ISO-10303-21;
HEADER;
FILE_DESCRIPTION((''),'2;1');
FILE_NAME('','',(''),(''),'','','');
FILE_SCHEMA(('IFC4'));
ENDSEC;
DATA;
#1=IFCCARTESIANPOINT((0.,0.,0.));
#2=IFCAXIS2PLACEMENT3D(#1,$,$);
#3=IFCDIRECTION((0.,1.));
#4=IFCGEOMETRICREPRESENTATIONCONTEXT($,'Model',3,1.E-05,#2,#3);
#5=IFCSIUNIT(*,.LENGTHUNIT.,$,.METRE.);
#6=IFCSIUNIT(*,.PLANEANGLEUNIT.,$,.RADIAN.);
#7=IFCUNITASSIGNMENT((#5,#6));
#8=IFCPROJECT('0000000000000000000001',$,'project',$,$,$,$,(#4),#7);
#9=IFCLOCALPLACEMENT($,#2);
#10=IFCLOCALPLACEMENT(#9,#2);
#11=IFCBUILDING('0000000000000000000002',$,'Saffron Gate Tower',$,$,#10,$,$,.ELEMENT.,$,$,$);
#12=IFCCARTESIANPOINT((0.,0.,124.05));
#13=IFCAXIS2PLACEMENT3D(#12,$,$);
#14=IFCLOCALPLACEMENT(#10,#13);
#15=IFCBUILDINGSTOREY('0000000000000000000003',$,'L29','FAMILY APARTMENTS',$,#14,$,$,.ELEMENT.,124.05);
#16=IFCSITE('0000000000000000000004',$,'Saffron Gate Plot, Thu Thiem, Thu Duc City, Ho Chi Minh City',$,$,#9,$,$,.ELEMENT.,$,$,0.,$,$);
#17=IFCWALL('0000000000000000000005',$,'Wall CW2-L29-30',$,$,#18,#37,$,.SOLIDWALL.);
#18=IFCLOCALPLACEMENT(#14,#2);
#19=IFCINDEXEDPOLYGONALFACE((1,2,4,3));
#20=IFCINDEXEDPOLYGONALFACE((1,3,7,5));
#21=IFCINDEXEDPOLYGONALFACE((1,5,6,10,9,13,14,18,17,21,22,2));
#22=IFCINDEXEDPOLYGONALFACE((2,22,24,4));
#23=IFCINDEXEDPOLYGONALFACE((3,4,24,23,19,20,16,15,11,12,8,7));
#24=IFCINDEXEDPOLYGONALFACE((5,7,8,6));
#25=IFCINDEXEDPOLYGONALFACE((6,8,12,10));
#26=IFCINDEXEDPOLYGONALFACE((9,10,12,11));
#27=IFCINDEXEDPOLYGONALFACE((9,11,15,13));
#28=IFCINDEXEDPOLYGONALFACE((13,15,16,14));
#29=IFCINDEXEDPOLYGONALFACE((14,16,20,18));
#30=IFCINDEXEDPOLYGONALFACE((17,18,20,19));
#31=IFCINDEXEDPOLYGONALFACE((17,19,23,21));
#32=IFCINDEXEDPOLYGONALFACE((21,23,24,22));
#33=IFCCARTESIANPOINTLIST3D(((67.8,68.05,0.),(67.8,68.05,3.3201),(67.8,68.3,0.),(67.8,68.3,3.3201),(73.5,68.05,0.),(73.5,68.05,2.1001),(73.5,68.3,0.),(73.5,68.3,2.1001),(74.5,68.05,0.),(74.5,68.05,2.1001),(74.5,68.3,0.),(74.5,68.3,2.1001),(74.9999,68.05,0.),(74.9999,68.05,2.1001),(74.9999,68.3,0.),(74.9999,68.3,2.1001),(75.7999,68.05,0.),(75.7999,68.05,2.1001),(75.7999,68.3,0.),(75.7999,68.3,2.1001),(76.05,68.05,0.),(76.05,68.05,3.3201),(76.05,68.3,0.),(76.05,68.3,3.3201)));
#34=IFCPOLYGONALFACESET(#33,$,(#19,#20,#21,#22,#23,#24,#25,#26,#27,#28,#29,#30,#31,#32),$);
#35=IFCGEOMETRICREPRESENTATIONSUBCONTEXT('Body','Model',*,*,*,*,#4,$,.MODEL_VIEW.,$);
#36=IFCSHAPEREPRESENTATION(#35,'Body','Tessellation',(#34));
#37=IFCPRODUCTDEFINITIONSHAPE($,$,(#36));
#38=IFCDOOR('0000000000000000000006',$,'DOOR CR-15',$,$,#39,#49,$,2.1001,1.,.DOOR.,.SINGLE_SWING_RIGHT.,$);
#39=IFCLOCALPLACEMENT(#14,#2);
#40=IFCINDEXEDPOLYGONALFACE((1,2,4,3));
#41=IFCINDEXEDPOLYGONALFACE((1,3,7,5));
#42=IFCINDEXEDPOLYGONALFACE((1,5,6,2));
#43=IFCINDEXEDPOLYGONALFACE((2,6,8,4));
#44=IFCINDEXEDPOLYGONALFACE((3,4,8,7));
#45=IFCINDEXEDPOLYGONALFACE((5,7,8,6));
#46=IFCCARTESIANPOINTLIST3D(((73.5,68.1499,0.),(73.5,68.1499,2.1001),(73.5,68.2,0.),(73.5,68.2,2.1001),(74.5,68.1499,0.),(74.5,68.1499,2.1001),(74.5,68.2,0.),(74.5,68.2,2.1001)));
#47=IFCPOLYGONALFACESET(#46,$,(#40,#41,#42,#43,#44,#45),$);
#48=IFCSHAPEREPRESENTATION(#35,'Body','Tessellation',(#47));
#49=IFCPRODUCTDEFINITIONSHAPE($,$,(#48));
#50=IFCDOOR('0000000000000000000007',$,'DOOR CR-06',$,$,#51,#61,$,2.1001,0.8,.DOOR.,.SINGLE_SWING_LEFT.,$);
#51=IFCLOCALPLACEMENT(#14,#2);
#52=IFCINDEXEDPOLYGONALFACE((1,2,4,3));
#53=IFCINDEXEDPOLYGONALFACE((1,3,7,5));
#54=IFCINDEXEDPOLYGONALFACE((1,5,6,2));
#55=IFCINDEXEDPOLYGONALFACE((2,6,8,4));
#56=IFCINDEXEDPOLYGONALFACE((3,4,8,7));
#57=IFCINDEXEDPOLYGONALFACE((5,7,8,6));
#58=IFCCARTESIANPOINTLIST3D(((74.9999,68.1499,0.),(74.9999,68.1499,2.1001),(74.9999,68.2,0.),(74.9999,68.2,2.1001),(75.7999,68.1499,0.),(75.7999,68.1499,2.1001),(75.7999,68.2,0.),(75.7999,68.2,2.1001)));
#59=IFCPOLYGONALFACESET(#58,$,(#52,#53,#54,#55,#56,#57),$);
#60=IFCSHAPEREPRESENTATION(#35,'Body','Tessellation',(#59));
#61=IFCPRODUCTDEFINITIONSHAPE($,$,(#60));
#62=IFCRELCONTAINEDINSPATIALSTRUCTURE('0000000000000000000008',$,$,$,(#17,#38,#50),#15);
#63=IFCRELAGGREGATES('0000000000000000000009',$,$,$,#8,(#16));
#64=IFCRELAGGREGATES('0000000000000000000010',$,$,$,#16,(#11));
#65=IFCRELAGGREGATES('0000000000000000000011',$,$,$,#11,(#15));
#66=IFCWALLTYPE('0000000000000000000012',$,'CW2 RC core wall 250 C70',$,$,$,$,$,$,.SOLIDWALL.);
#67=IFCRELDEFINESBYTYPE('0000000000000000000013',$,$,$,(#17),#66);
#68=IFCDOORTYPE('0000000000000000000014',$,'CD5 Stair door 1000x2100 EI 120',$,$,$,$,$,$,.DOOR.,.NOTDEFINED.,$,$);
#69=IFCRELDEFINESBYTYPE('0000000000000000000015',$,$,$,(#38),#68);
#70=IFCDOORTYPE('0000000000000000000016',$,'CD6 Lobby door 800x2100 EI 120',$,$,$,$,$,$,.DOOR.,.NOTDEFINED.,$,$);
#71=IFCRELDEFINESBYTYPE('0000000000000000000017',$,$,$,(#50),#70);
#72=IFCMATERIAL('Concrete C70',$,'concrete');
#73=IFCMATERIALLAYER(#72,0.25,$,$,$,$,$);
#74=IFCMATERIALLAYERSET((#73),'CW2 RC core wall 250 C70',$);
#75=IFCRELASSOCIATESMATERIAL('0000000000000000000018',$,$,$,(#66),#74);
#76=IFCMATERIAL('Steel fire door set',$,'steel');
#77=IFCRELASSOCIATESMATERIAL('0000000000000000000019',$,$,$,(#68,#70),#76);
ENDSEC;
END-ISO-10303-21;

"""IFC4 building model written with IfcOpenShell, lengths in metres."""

from ifc_helpers import new_model, si_unit, direction, frame, frame_2d, origin, place, context, subcontext, project, spatial, rectangle, extrude, material, layer, layer_set, type_object, element, fill, save


model = new_model("IFC4")

# Units and contexts
model_context = context("Model", 3, precision=1e-05, world=origin(), true_north=direction((0.0, 1.0)))
body_context = subcontext(model_context, "Body", "Model", "MODEL_VIEW")
ifc_project = project(units=[si_unit("LENGTHUNIT", "METRE"), si_unit("PLANEANGLEUNIT", "RADIAN")], contexts=[model_context])

# Site, building, storey
site_placement = place(None, origin())
site = spatial("IfcSite", under=ifc_project, at=site_placement, Name="Saffron Gate Plot, Thu Thiem, Thu Duc City, Ho Chi Minh City", CompositionType="ELEMENT", RefElevation=0.0)
building_placement = place(site_placement, origin())
building = spatial("IfcBuilding", under=site, at=building_placement, Name="Saffron Gate Tower", CompositionType="ELEMENT")
storey_placement = place(building_placement, frame((0.0, 0.0, 124.05)))
storey = spatial("IfcBuildingStorey", under=building, at=storey_placement, Name="L29", Description="FAMILY APARTMENTS", CompositionType="ELEMENT", Elevation=124.05)

# Wall, openings, doors
ifc_material_1 = material(Name="Concrete C70", Category="concrete")
ifc_layer_1 = layer(ifc_material_1, 0.25)
ifc_layer_set_1 = layer_set([ifc_layer_1], Name="CW2 RC core wall 250 C70")
wall_type_1 = type_object("IfcWallType", Name="CW2 RC core wall 250 C70", PredefinedType="SOLIDWALL", material=ifc_layer_set_1)
wall_1_placement = place(storey_placement, frame((67.8, 68.175, 0.0), z_axis=(0.0, 0.0, 1.0), x_axis=(1.0, 0.0, 0.0)))
wall_1 = element("IfcWall", 1, at=wall_1_placement, inside=storey, type_object=wall_type_1, Name="Wall CW2-L29-30", PredefinedType="SOLIDWALL", context=body_context, shape_type="SweptSolid", body=[
    extrude(rectangle(XDim=8.25, YDim=0.25, at=frame_2d((4.125, 0.0))), origin(), (0.0, 0.0, 1.0), 3.3201),
])
opening_1_placement = place(wall_1_placement, frame((5.7, 0.0, 0.0)))
opening_1 = element("IfcOpeningElement", 2, at=opening_1_placement, cuts=wall_1, PredefinedType="OPENING", context=body_context, shape_type="SweptSolid", body=[
    extrude(rectangle(XDim=1.0, YDim=2.1001, at=frame_2d((0.5, 1.05))), frame((0.0, 0.135, 0.0), z_axis=(0.0, -1.0, 0.0), x_axis=(1.0, 0.0, 0.0)), (0.0, 0.0, 1.0), 0.27),
])
opening_2_placement = place(wall_1_placement, frame((7.2, 0.0, 0.0)))
opening_2 = element("IfcOpeningElement", 3, at=opening_2_placement, cuts=wall_1, PredefinedType="OPENING", context=body_context, shape_type="SweptSolid", body=[
    extrude(rectangle(XDim=0.8, YDim=2.1001, at=frame_2d((0.3999, 1.05))), frame((0.0, 0.135, 0.0), z_axis=(0.0, -1.0, 0.0), x_axis=(1.0, 0.0, 0.0)), (0.0, 0.0, 1.0), 0.27),
])
ifc_material_2 = material(Name="Steel fire door set", Category="steel")
door_type_1 = type_object("IfcDoorType", Name="CD5 Stair door 1000x2100 EI 120", OperationType="NOTDEFINED", PredefinedType="DOOR", material=ifc_material_2)
door_1_placement = place(opening_1_placement, origin())
door_1 = element("IfcDoor", 4, at=door_1_placement, inside=storey, type_object=door_type_1, Name="DOOR CR-15", OperationType="SINGLE_SWING_RIGHT", OverallHeight=2.1001, OverallWidth=1.0, PredefinedType="DOOR", context=body_context, shape_type="SweptSolid", body=[
    extrude(rectangle(XDim=1.0, YDim=2.1001, at=frame_2d((0.5, 1.05))), frame((0.0, 0.0249, 0.0), z_axis=(0.0, -1.0, 0.0), x_axis=(1.0, 0.0, 0.0)), (0.0, 0.0, 1.0), 0.05),
])
fill(opening_1, door_1)
door_type_2 = type_object("IfcDoorType", Name="CD6 Lobby door 800x2100 EI 120", OperationType="NOTDEFINED", PredefinedType="DOOR", material=ifc_material_2)
door_2_placement = place(opening_2_placement, origin())
door_2 = element("IfcDoor", 5, at=door_2_placement, inside=storey, type_object=door_type_2, Name="DOOR CR-06", OperationType="SINGLE_SWING_LEFT", OverallHeight=2.1001, OverallWidth=0.8, PredefinedType="DOOR", context=body_context, shape_type="SweptSolid", body=[
    extrude(rectangle(XDim=0.8, YDim=2.1001, at=frame_2d((0.3999, 1.05))), frame((0.0, 0.0249, 0.0), z_axis=(0.0, -1.0, 0.0), x_axis=(1.0, 0.0, 0.0)), (0.0, 0.0, 1.0), 0.05),
])
fill(opening_2, door_2)

save(model, "model.ifc")
